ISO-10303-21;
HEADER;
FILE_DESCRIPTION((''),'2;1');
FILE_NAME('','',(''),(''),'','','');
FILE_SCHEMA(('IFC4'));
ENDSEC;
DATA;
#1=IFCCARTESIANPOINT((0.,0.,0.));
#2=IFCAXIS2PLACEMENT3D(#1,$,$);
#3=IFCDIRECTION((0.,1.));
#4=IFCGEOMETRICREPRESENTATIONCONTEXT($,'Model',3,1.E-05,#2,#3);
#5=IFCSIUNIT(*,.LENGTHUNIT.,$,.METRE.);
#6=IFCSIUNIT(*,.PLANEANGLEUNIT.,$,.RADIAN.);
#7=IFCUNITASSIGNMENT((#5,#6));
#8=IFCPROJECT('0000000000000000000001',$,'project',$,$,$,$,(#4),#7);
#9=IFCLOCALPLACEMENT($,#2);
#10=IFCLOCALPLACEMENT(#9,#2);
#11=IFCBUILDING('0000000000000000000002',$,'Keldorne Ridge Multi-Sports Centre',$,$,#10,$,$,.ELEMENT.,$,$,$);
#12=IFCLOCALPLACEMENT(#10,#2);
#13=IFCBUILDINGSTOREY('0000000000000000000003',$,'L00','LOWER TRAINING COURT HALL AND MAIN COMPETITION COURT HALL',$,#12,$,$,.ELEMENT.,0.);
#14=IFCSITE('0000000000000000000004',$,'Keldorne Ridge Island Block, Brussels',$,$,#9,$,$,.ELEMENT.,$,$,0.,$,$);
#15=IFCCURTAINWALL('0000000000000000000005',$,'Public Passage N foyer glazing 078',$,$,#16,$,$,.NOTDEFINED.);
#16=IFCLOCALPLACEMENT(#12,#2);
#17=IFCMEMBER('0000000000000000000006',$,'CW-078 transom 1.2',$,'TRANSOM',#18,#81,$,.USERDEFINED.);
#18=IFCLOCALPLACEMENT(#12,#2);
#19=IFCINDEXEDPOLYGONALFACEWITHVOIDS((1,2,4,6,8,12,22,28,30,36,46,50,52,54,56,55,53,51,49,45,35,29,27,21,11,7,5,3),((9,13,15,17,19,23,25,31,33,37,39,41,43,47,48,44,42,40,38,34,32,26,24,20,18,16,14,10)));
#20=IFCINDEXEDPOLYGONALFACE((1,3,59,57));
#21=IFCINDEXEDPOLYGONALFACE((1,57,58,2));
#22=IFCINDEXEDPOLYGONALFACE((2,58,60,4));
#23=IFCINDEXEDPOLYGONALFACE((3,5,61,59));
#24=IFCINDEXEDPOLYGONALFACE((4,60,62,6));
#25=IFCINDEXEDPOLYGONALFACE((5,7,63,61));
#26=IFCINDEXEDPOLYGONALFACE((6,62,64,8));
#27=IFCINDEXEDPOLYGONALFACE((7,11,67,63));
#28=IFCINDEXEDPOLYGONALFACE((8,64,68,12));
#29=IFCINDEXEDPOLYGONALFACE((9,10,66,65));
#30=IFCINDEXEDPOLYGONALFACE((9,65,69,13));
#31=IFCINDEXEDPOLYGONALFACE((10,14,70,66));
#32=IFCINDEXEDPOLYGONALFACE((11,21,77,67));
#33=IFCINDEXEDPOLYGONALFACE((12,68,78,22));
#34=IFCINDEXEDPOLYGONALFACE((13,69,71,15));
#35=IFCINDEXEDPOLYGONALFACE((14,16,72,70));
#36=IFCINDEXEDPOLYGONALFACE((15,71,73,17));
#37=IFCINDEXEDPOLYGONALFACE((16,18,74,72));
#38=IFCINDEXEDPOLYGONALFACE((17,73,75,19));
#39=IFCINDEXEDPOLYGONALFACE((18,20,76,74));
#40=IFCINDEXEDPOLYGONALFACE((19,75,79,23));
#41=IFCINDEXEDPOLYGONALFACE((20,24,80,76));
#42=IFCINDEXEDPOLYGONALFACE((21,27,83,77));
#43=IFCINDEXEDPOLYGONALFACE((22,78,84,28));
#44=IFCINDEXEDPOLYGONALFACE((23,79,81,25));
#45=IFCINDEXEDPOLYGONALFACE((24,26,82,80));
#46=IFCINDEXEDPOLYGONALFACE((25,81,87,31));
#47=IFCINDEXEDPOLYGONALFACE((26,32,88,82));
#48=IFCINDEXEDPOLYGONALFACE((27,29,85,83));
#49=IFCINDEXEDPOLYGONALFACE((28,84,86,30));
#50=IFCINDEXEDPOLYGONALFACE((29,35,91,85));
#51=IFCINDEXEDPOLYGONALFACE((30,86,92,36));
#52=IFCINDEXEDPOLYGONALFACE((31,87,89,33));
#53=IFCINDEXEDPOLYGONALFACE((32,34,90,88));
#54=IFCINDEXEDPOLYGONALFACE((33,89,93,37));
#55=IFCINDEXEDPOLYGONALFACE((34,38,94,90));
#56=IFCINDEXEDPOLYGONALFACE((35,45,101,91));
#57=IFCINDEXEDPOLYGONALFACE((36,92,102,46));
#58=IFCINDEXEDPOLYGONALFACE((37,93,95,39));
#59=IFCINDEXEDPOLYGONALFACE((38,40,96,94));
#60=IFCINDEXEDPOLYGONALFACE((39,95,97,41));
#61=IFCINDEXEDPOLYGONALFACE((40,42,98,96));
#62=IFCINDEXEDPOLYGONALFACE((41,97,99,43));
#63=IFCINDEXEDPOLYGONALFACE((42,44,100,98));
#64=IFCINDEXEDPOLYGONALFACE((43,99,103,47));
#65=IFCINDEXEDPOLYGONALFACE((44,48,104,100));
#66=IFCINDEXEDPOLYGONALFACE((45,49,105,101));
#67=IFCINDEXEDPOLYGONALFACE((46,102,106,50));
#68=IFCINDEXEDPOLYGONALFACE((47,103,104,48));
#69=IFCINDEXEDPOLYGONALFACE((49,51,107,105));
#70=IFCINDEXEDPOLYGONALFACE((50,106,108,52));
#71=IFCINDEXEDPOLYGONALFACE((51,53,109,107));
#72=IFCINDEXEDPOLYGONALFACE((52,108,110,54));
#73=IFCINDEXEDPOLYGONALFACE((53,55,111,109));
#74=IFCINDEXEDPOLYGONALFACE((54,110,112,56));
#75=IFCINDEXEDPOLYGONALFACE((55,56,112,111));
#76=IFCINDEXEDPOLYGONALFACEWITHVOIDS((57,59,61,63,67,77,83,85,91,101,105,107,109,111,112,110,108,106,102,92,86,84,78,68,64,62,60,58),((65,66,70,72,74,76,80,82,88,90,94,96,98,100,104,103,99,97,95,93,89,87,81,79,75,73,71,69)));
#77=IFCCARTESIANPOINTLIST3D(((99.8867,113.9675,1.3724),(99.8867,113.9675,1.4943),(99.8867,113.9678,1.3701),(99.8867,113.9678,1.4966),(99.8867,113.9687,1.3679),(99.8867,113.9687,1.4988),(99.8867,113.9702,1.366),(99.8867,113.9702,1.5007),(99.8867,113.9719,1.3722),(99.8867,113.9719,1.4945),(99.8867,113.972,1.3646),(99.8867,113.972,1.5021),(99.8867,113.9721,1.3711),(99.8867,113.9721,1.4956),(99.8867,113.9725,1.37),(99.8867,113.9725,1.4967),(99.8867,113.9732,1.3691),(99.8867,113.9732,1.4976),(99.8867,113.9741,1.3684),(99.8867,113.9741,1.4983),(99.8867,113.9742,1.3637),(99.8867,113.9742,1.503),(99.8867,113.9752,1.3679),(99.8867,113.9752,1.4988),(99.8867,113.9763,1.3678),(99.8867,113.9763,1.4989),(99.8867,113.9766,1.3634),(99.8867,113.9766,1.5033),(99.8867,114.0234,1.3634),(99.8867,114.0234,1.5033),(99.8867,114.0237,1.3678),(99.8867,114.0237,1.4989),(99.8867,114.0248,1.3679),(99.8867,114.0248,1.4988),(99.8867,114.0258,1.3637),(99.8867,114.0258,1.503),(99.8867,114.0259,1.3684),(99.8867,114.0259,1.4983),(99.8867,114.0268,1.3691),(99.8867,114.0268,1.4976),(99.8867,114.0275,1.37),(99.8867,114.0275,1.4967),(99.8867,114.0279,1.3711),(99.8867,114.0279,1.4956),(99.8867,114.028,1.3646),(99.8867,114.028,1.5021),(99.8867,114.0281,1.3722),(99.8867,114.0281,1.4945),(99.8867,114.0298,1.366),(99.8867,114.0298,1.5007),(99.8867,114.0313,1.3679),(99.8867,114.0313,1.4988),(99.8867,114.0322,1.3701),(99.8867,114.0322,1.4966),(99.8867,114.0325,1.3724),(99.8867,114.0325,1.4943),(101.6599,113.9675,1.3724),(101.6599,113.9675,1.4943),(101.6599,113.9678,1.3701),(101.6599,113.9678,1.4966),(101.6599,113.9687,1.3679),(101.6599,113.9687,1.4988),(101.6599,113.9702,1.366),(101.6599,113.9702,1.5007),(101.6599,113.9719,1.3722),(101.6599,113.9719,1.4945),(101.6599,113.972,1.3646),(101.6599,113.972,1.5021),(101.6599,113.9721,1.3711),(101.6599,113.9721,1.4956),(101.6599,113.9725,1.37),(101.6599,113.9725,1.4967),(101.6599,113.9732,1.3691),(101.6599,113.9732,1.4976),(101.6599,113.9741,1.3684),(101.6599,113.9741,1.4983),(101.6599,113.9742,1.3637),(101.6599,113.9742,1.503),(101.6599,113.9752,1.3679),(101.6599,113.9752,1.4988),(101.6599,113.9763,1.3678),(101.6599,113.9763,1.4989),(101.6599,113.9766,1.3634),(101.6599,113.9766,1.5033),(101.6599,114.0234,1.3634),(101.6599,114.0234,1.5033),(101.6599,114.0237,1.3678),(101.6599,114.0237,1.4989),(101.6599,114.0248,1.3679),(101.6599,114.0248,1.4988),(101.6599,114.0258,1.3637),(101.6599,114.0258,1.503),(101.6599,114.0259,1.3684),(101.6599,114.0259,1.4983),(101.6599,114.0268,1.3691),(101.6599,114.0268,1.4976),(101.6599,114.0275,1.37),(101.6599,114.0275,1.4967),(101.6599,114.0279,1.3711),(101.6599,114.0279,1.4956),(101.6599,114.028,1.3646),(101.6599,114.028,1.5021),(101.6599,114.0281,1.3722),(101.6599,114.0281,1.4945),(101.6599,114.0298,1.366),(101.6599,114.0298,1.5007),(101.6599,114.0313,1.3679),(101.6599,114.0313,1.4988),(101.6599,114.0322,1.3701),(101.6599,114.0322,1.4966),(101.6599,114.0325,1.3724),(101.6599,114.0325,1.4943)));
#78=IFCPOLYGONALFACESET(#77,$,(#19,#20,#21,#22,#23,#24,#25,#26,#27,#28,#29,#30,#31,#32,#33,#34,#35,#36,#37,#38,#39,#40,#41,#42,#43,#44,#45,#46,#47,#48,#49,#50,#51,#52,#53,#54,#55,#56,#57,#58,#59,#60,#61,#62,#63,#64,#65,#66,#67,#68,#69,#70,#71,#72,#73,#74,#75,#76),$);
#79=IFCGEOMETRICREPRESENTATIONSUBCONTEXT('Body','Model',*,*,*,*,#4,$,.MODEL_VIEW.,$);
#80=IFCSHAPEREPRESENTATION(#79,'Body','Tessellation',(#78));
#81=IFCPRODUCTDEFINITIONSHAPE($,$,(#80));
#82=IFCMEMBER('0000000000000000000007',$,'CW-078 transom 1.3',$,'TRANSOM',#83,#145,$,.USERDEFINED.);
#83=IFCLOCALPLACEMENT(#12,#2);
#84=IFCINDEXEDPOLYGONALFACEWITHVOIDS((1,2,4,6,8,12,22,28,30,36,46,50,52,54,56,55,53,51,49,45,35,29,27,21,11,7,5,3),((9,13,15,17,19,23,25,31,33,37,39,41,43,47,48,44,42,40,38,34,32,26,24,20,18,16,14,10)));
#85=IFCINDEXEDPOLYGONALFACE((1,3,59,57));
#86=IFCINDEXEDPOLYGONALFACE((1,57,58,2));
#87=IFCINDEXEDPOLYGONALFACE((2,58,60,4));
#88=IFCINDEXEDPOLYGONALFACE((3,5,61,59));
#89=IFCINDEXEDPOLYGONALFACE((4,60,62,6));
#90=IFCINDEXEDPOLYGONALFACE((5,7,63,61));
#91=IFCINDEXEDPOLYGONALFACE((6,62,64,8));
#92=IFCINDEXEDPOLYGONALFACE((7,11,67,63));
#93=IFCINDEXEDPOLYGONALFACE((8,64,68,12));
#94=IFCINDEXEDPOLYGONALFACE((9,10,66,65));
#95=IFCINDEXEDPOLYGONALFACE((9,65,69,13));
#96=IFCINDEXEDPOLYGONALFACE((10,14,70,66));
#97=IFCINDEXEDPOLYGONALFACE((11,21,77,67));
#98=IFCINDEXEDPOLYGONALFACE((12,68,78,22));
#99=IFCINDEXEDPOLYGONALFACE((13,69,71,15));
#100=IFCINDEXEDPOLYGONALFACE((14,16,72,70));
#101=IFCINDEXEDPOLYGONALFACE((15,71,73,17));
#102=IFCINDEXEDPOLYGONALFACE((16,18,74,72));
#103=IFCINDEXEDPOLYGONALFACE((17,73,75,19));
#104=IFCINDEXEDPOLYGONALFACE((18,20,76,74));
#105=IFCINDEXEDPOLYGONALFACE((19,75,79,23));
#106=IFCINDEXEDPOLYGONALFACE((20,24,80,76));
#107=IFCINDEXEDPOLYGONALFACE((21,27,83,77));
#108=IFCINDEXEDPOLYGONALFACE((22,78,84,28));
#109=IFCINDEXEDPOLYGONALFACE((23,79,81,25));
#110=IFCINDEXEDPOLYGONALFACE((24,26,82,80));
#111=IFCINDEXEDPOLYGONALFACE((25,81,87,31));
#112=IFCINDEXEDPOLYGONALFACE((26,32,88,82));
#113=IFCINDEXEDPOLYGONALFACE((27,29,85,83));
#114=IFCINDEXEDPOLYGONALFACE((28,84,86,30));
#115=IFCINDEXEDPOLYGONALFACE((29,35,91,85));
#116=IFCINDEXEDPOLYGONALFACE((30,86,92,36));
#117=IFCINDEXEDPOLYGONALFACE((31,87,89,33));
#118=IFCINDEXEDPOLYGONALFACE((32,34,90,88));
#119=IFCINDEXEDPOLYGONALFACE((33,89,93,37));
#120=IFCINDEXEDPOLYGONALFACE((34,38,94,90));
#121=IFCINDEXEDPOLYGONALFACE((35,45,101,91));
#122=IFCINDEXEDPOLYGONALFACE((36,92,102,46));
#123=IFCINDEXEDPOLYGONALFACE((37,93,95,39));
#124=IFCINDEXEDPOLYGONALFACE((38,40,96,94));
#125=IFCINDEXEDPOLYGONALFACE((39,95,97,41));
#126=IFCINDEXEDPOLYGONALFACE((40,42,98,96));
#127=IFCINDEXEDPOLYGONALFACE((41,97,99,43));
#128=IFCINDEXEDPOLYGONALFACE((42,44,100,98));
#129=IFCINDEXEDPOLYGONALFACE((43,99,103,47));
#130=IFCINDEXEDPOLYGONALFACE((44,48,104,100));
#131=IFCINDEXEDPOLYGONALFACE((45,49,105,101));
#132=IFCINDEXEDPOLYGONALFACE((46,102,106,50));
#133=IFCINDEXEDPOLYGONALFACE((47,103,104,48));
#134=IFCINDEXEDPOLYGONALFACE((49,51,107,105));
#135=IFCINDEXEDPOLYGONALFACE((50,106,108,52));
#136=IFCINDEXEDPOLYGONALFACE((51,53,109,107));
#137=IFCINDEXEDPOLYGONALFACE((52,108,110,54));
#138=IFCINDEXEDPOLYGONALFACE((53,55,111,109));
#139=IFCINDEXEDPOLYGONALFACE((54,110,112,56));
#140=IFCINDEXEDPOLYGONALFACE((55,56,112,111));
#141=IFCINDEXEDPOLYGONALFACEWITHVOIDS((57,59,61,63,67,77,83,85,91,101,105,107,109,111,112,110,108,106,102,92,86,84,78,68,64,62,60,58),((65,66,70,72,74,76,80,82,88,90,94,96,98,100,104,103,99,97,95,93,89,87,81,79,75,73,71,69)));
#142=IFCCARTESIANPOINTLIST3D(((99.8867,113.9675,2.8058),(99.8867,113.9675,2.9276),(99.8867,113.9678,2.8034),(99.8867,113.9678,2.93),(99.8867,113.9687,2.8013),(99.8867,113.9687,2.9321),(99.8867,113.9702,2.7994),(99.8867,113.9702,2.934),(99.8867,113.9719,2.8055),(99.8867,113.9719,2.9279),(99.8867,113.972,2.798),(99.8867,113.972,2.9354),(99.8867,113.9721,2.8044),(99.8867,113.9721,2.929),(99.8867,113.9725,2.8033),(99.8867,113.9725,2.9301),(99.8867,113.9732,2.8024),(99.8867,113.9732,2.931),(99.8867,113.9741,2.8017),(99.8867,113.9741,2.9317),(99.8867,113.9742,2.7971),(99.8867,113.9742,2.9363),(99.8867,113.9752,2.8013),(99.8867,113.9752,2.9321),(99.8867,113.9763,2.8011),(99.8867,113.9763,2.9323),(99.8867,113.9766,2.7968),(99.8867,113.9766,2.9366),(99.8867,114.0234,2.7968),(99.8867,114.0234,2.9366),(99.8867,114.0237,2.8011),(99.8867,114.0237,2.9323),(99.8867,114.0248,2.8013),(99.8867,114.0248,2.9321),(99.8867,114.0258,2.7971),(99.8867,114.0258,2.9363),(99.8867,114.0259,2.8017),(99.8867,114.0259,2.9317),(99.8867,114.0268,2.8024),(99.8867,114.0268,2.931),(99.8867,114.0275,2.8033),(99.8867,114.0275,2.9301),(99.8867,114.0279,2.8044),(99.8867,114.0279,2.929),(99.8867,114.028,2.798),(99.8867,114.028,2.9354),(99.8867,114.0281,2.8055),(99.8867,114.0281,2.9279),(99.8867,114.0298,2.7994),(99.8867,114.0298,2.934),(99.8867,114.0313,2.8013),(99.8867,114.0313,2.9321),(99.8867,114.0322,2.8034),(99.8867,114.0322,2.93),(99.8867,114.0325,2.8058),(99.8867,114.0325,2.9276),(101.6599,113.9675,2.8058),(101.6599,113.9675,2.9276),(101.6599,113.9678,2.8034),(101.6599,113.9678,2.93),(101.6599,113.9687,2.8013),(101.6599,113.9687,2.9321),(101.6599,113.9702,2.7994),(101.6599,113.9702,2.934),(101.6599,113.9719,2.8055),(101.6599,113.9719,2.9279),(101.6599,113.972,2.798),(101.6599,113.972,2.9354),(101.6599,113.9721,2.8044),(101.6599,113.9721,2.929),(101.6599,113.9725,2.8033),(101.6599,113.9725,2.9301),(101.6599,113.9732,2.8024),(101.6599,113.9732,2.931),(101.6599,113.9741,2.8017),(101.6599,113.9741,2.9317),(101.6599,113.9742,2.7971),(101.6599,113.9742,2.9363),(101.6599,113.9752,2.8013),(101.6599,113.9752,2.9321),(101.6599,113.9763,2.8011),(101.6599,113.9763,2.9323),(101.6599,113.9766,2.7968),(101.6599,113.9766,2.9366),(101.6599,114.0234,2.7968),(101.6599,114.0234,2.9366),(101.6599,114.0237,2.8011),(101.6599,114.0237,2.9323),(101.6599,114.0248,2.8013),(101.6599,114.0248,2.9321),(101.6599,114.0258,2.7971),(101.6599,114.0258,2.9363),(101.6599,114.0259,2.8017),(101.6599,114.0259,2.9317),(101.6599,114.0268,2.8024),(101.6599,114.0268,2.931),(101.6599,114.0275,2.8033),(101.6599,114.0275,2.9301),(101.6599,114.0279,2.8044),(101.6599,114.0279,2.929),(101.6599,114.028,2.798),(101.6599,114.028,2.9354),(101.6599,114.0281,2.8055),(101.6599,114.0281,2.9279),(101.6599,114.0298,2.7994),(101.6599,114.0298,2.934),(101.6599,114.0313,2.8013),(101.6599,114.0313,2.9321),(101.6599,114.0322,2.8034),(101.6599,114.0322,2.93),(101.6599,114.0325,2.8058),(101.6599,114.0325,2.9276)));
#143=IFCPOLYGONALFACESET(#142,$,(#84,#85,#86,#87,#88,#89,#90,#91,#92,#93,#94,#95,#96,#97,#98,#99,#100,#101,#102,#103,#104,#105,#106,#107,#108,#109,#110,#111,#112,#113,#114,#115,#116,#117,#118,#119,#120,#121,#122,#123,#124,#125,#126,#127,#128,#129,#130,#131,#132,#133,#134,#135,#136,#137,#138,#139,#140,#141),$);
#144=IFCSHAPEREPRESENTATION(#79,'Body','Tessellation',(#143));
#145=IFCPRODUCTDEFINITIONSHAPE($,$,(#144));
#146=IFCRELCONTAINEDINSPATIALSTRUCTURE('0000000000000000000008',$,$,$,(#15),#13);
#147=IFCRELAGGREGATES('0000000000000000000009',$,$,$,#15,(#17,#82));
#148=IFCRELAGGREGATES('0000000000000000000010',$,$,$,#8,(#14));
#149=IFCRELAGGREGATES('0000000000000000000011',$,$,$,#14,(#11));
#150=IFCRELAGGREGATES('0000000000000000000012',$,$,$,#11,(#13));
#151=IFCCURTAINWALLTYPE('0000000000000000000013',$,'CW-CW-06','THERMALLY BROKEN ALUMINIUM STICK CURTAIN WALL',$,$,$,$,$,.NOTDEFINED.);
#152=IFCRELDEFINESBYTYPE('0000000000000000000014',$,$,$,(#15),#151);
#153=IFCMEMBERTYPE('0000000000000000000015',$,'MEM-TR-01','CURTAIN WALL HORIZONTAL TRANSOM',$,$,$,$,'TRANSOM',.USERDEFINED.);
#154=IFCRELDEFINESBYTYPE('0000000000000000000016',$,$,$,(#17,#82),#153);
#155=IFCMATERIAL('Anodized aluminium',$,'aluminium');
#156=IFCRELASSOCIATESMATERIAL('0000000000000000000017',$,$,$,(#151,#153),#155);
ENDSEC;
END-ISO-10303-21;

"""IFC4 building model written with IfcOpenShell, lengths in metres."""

from ifc_helpers import new_model, si_unit, direction, frame, origin, origin_2d, place, context, subcontext, project, spatial, hollow_rectangle, extrude, material, material_profile, profile_set, type_object, element, aggregate, save


model = new_model("IFC4")

# Units and contexts
model_context = context("Model", 3, precision=1e-05, world=origin(), true_north=direction((0.0, 1.0)))
body_context = subcontext(model_context, "Body", "Model", "MODEL_VIEW")
ifc_project = project(units=[si_unit("LENGTHUNIT", "METRE"), si_unit("PLANEANGLEUNIT", "RADIAN")], contexts=[model_context])

# Site, building, storey
site_placement = place(None, origin())
site = spatial("IfcSite", under=ifc_project, at=site_placement, Name="Keldorne Ridge Island Block, Brussels", CompositionType="ELEMENT", RefElevation=0.0)
building_placement = place(site_placement, origin())
building = spatial("IfcBuilding", under=site, at=building_placement, Name="Keldorne Ridge Multi-Sports Centre", CompositionType="ELEMENT")
storey_placement = place(building_placement, origin())
storey = spatial("IfcBuildingStorey", under=building, at=storey_placement, Name="L00", Description="LOWER TRAINING COURT HALL AND MAIN COMPETITION COURT HALL", CompositionType="ELEMENT", Elevation=0.0)

# Curtain wall, members
ifc_material_1 = material(Name="Anodized aluminium", Category="aluminium")
curtain_wall_type = type_object("IfcCurtainWallType", Name="CW-CW-06", Description="THERMALLY BROKEN ALUMINIUM STICK CURTAIN WALL", PredefinedType="NOTDEFINED", material=ifc_material_1)
curtain_wall_placement = place(storey_placement, origin())
curtain_wall = element("IfcCurtainWall", 1, at=curtain_wall_placement, inside=storey, type_object=curtain_wall_type, Name="Public Passage N foyer glazing 078", PredefinedType="NOTDEFINED")
ifc_material_profile_1 = material_profile(ifc_material_1, hollow_rectangle(XDim=0.0649, YDim=0.1399, WallThickness=0.0044, InnerFilletRadius=0.0044, OuterFilletRadius=0.009, at=origin_2d()), Name="ALU TRANSOM 140x65x4.5")
ifc_profile_set_1 = profile_set([ifc_material_profile_1], Name="Anodized aluminium")
member_type = type_object("IfcMemberType", Name="MEM-TR-01", Description="CURTAIN WALL HORIZONTAL TRANSOM", ElementType="TRANSOM", PredefinedType="USERDEFINED", material=ifc_profile_set_1)
member_1_placement = place(storey_placement, frame((101.6599, 114.0, 1.4333), z_axis=(-1.0, 0.0, 0.0), x_axis=(0.0, -1.0, 0.0)))
member_1 = element("IfcMember", 2, at=member_1_placement, type_object=member_type, Name="CW-078 transom 1.2", ObjectType="TRANSOM", PredefinedType="USERDEFINED", context=body_context, shape_type="SweptSolid", body=[
    extrude(hollow_rectangle(XDim=0.0649, YDim=0.1399, WallThickness=0.0044, InnerFilletRadius=0.0044, OuterFilletRadius=0.009, at=origin_2d()), origin(), (0.0, 0.0, 1.0), 1.7732),
])
member_2_placement = place(storey_placement, frame((101.6599, 114.0, 2.8667), z_axis=(-1.0, 0.0, 0.0), x_axis=(0.0, -1.0, 0.0)))
member_2 = element("IfcMember", 3, at=member_2_placement, type_object=member_type, Name="CW-078 transom 1.3", ObjectType="TRANSOM", PredefinedType="USERDEFINED", context=body_context, shape_type="SweptSolid", body=[
    extrude(hollow_rectangle(XDim=0.0649, YDim=0.1399, WallThickness=0.0044, InnerFilletRadius=0.0044, OuterFilletRadius=0.009, at=origin_2d()), origin(), (0.0, 0.0, 1.0), 1.7732),
])
aggregate(curtain_wall, [member_1, member_2])

save(model, "model.ifc")
